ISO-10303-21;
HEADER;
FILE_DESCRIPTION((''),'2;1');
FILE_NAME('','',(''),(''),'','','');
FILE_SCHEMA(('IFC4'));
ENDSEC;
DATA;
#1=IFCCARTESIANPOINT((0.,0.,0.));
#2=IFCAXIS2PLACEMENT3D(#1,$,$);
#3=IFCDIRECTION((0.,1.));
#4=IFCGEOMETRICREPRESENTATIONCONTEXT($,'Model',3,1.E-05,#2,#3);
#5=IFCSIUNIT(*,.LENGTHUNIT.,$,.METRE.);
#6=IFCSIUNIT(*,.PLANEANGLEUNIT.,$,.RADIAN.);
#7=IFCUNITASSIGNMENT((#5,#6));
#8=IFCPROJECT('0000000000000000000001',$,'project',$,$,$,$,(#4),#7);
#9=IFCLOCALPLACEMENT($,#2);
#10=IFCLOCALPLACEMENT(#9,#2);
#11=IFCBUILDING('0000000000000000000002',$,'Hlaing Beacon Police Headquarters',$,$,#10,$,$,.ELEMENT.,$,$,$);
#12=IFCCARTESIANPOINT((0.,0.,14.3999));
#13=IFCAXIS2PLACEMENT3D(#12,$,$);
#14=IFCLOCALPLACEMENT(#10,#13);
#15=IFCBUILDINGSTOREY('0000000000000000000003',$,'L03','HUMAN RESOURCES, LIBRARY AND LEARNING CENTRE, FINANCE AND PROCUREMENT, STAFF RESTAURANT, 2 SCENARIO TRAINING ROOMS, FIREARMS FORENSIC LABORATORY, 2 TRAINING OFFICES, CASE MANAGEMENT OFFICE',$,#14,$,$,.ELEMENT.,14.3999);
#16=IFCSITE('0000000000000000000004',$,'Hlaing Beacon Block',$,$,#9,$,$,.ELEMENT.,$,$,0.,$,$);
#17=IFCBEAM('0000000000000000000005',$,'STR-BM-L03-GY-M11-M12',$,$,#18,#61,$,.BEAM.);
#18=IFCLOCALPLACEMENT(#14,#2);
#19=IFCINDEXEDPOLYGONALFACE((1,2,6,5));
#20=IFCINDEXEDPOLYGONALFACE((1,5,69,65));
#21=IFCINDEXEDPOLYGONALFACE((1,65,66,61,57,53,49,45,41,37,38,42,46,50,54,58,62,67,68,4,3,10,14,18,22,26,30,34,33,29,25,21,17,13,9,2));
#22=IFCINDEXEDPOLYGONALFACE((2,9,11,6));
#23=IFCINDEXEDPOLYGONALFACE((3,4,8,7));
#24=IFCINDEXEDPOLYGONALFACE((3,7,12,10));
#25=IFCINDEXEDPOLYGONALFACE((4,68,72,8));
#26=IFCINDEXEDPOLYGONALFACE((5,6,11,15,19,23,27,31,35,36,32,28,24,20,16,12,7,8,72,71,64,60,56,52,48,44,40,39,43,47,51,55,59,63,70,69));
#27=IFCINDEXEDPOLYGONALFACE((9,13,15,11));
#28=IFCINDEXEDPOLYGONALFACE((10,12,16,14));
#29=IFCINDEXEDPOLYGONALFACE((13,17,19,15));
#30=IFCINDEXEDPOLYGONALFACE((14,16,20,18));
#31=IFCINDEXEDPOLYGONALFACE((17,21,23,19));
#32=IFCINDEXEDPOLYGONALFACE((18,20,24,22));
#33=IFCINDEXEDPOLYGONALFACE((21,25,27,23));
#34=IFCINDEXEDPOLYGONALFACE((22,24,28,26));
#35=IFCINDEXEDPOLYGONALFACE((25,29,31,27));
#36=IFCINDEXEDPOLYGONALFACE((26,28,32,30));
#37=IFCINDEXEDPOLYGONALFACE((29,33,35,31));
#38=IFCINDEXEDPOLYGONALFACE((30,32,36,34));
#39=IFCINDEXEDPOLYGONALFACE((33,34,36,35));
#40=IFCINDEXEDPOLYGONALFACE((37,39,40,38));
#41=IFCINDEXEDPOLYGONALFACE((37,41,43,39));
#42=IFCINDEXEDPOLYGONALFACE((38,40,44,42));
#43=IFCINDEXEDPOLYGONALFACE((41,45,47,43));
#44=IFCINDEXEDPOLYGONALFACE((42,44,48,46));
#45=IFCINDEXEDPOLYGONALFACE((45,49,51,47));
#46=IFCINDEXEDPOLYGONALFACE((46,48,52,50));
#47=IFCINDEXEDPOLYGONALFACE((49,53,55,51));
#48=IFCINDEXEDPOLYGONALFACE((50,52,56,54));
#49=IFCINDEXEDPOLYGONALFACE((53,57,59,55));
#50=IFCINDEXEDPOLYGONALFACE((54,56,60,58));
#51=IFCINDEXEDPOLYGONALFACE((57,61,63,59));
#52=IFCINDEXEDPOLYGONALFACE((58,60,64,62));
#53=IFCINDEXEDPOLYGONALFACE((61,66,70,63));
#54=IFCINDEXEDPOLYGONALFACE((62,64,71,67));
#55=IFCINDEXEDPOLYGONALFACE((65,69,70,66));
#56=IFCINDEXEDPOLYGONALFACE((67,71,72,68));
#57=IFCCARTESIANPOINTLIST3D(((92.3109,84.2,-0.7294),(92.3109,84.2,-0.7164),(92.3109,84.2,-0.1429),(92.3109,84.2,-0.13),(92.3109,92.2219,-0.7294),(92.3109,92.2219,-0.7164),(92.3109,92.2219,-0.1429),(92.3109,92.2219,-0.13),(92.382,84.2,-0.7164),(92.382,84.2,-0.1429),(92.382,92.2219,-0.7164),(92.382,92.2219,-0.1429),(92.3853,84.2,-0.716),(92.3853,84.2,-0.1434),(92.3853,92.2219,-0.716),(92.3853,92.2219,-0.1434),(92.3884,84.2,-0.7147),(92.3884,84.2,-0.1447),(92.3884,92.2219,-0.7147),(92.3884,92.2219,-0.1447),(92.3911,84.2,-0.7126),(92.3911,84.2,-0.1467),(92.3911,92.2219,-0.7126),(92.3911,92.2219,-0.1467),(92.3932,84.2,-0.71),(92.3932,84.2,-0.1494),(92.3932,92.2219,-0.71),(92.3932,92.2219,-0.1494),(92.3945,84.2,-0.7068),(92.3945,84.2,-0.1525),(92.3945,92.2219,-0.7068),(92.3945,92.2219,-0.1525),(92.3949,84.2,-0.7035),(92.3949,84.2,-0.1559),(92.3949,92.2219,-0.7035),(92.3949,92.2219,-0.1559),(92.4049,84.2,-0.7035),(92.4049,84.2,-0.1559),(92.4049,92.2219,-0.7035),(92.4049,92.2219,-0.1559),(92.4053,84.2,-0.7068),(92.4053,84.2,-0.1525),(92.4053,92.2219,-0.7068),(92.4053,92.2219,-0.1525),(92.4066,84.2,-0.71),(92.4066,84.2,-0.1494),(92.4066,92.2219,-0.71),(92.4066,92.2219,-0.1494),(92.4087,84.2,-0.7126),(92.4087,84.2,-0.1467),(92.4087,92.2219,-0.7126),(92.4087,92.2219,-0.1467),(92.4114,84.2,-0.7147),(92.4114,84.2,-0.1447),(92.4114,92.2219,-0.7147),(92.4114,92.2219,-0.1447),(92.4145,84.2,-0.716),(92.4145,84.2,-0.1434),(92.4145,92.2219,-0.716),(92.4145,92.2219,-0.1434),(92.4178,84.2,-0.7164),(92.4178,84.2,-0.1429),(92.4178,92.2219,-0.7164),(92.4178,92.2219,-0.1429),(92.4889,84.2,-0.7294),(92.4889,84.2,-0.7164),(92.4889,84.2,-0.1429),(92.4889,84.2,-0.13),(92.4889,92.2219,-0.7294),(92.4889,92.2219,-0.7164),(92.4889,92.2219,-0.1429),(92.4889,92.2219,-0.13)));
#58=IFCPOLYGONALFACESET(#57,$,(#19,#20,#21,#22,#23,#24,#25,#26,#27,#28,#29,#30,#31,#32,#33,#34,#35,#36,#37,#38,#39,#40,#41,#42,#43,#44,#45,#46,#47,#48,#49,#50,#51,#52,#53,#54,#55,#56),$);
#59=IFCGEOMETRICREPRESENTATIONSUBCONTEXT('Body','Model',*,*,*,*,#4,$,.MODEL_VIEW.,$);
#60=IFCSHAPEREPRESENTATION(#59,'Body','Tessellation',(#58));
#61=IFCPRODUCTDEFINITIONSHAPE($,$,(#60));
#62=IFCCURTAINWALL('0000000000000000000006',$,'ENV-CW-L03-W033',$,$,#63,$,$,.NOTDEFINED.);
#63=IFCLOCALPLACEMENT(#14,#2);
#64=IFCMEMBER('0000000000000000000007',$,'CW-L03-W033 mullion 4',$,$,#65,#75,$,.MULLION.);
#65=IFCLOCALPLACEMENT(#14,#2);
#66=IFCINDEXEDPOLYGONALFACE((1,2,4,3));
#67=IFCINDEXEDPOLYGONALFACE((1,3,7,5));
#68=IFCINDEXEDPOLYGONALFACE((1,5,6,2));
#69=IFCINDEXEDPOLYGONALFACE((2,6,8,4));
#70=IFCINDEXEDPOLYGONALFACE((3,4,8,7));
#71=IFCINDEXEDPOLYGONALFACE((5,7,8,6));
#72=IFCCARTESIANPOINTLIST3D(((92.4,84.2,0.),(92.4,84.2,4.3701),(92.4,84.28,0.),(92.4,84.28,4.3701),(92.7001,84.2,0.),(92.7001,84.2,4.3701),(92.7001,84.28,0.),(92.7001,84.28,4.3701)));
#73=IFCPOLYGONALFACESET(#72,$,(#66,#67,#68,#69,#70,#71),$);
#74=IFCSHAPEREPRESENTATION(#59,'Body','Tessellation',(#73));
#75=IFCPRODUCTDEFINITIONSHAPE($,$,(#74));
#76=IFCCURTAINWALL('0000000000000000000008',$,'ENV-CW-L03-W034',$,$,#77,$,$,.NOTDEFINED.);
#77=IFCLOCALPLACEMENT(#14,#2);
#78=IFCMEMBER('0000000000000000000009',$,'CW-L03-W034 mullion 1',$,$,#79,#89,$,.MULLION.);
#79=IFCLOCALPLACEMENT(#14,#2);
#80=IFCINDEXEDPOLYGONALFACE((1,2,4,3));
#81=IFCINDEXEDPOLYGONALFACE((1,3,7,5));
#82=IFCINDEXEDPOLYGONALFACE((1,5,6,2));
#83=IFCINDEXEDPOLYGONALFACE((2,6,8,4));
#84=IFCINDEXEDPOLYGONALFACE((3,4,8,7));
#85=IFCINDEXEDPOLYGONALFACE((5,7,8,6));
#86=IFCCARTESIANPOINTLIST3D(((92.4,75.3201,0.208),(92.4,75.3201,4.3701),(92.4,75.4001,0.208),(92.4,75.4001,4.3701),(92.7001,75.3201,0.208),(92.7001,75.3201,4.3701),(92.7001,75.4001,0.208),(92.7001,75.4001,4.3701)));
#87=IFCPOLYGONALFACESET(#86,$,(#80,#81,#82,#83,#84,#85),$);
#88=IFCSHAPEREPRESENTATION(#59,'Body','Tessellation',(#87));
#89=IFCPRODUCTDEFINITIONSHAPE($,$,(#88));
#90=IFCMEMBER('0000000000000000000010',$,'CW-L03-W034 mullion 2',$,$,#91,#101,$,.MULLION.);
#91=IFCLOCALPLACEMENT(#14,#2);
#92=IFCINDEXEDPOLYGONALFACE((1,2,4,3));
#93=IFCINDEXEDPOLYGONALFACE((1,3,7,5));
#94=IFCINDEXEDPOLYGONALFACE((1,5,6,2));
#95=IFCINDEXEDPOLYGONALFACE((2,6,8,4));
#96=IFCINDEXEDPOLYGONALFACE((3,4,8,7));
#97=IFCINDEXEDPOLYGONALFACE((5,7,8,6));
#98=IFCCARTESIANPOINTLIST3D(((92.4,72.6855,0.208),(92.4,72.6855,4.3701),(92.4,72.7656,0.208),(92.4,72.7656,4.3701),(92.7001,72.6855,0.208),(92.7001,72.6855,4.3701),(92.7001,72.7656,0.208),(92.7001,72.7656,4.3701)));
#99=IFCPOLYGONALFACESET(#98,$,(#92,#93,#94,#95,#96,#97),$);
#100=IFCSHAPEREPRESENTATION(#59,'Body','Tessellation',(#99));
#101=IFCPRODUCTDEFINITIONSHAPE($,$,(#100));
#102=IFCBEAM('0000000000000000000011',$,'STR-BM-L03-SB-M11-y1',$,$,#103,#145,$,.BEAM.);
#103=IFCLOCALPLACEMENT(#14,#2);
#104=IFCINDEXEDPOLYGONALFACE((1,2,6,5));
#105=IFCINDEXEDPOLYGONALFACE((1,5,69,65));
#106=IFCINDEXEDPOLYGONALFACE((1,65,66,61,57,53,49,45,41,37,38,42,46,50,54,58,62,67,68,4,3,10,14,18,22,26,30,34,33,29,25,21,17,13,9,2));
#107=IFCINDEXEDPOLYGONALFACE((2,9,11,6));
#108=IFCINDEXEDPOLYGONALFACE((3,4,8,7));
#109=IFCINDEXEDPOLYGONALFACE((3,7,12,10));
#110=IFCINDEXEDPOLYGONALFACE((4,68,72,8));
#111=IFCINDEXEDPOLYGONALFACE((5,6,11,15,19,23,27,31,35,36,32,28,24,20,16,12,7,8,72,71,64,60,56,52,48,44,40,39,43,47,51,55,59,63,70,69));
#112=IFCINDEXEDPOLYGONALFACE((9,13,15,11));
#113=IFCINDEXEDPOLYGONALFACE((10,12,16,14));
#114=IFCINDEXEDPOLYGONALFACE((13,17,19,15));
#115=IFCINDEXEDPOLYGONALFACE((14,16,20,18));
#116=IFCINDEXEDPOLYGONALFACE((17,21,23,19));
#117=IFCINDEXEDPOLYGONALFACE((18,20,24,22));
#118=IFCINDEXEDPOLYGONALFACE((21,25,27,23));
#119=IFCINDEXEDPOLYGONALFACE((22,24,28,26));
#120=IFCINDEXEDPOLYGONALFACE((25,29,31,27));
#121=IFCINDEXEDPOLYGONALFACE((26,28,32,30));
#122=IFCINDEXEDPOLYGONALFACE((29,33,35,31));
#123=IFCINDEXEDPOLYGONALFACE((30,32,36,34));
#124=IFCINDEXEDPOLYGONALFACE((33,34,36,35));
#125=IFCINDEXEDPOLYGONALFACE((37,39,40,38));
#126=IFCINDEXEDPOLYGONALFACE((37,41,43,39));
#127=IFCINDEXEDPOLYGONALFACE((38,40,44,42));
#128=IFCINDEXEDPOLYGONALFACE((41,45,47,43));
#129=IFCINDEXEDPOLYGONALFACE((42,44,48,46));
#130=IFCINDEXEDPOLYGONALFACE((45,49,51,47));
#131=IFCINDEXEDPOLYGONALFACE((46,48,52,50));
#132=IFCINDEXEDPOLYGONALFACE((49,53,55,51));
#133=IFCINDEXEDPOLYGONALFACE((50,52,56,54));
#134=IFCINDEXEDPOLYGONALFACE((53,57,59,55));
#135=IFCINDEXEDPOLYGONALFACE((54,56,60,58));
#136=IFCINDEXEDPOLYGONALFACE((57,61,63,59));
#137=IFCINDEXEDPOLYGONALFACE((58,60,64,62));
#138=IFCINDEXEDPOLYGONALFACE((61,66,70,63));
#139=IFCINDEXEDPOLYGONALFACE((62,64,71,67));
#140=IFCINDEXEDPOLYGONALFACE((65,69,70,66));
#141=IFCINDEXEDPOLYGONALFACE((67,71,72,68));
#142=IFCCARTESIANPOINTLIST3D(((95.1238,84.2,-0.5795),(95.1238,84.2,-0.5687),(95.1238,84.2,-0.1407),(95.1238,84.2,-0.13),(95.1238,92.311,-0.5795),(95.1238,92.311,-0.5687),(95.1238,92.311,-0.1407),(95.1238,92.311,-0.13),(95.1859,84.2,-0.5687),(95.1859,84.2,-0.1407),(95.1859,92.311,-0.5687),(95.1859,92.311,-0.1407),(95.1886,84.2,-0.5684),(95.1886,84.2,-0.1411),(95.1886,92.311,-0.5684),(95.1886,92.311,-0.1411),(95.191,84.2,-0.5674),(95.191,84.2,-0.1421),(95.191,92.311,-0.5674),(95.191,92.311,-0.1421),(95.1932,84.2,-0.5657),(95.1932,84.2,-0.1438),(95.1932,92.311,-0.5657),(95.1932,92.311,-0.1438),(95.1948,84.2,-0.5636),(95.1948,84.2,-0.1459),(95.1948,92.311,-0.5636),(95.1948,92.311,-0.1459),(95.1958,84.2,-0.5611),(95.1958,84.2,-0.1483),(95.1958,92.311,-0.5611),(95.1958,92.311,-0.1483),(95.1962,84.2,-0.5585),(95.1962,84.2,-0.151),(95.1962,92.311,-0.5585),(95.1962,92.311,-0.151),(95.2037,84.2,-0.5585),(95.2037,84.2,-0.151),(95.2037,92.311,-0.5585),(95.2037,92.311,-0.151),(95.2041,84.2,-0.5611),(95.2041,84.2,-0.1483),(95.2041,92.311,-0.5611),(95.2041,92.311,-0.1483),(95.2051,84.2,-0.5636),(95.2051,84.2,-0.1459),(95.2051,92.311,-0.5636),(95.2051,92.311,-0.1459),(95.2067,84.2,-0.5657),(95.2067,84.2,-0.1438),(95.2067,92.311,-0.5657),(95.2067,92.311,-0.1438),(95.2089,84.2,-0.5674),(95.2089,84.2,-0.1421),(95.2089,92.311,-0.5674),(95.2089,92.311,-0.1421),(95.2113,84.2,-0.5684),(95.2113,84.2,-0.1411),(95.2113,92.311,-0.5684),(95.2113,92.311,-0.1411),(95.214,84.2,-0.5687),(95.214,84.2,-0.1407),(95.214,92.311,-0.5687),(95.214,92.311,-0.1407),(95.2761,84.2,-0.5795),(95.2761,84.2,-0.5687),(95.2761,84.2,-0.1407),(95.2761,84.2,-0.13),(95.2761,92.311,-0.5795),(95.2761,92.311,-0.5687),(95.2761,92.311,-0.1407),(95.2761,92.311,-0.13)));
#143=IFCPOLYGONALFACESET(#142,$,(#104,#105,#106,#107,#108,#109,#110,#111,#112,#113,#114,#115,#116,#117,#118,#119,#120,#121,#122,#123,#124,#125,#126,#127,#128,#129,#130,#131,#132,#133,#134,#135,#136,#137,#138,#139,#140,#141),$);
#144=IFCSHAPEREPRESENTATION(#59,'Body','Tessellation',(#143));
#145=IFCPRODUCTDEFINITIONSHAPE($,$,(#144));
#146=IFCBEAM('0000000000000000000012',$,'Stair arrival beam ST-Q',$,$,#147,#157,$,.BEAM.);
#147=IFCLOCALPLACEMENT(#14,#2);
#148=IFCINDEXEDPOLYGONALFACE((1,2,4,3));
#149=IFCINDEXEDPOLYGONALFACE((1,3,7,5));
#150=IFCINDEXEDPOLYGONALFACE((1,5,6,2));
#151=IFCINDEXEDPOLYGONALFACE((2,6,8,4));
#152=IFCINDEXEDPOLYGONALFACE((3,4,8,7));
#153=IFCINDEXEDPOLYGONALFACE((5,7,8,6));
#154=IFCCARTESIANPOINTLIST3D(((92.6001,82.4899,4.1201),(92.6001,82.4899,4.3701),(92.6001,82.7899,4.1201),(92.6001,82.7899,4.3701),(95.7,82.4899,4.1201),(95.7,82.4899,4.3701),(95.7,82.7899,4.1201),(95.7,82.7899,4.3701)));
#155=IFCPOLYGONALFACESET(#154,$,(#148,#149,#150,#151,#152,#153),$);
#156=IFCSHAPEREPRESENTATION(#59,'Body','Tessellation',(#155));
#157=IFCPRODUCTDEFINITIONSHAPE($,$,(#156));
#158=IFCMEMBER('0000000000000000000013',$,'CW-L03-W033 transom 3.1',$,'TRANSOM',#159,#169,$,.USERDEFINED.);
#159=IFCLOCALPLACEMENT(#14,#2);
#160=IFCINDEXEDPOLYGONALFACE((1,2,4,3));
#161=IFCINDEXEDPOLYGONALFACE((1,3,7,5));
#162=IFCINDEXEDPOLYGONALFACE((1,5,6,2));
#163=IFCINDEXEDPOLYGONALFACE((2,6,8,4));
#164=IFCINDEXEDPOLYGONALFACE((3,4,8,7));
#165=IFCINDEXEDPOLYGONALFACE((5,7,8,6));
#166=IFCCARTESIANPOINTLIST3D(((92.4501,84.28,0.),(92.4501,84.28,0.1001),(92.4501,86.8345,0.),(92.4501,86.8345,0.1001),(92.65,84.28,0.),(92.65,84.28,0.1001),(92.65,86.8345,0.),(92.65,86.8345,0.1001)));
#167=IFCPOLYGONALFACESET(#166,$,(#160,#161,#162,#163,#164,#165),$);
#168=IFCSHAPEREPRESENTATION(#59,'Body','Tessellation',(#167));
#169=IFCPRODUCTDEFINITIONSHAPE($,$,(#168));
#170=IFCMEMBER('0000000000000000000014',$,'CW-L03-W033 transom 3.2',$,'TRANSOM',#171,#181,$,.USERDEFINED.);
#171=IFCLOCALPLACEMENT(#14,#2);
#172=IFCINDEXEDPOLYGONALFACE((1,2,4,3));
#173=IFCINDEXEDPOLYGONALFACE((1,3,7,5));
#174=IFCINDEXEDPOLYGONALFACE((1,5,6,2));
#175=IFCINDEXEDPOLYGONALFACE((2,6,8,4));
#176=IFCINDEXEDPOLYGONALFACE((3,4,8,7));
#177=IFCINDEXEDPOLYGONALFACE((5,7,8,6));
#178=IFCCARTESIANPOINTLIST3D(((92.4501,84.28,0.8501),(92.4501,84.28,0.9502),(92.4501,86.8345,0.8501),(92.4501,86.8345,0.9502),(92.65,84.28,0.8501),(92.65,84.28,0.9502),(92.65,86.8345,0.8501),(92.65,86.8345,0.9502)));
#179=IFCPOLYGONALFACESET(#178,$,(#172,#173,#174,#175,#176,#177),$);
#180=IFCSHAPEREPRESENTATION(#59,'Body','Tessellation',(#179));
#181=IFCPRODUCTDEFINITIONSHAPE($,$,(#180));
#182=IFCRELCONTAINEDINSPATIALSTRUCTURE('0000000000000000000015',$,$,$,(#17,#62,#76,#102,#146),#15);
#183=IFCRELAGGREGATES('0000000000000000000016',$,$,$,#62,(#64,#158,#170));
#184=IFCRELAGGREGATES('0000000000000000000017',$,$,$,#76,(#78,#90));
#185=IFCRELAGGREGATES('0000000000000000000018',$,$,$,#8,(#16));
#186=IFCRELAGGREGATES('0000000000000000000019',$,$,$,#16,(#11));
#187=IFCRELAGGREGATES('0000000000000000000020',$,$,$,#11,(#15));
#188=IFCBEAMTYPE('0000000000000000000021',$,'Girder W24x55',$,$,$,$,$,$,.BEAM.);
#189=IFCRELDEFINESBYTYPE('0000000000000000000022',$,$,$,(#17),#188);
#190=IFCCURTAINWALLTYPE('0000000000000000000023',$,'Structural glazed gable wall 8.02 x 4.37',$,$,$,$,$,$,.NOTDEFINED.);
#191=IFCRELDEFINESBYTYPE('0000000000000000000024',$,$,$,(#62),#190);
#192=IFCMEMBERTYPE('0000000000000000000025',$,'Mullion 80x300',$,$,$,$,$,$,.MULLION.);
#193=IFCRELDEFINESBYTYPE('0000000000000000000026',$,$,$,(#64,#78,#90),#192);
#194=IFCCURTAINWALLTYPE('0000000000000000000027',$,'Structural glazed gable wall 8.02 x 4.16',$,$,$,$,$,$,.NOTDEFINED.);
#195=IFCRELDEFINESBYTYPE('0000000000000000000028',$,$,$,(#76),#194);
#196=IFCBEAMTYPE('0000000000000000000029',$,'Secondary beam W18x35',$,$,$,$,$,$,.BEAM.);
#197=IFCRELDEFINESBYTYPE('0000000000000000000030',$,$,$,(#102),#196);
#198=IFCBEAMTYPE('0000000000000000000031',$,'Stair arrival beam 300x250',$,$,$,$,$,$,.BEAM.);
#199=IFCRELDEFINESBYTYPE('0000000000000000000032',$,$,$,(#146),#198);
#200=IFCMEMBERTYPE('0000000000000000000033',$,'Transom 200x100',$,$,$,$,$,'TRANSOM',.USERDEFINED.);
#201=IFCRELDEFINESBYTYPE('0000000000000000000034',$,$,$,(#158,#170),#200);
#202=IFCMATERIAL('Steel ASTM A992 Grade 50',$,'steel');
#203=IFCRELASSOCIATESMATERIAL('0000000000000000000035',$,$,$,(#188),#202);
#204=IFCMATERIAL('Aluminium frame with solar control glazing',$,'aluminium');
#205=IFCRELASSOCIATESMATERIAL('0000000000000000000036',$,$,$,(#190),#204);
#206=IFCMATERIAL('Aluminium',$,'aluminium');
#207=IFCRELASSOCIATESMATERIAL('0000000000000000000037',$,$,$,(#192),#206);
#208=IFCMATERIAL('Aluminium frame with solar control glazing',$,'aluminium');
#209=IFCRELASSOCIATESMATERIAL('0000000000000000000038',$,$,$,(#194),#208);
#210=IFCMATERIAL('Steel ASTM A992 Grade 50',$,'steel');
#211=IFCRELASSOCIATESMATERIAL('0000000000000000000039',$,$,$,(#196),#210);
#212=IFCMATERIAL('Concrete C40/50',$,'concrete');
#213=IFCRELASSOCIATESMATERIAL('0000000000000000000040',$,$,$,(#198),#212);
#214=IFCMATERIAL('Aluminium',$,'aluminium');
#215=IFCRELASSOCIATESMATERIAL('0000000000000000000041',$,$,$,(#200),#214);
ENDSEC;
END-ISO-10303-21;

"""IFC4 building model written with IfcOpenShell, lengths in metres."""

from ifc_helpers import new_model, si_unit, direction, frame, origin, origin_2d, place, context, subcontext, project, spatial, rectangle, i_section, extrude, material, material_profile, profile_set, type_object, element, aggregate, save


model = new_model("IFC4")

# Units and contexts
model_context = context("Model", 3, precision=1e-05, world=origin(), true_north=direction((0.0, 1.0)))
body_context = subcontext(model_context, "Body", "Model", "MODEL_VIEW")
ifc_project = project(units=[si_unit("LENGTHUNIT", "METRE"), si_unit("PLANEANGLEUNIT", "RADIAN")], contexts=[model_context])

# Site, building, storey
site_placement = place(None, origin())
site = spatial("IfcSite", under=ifc_project, at=site_placement, Name="Hlaing Beacon Block", CompositionType="ELEMENT", RefElevation=0.0)
building_placement = place(site_placement, origin())
building = spatial("IfcBuilding", under=site, at=building_placement, Name="Hlaing Beacon Police Headquarters", CompositionType="ELEMENT")
storey_placement = place(building_placement, frame((0.0, 0.0, 14.3999)))
storey = spatial("IfcBuildingStorey", under=building, at=storey_placement, Name="L03", Description="HUMAN RESOURCES, LIBRARY AND LEARNING CENTRE, FINANCE AND PROCUREMENT, STAFF RESTAURANT, 2 SCENARIO TRAINING ROOMS, FIREARMS FORENSIC LABORATORY, 2 TRAINING OFFICES, CASE MANAGEMENT OFFICE", CompositionType="ELEMENT", Elevation=14.3999)

# Beam
ifc_material_1 = material(Name="Steel ASTM A992 Grade 50", Category="steel")
ifc_material_profile_1 = material_profile(ifc_material_1, i_section(OverallWidth=0.178, OverallDepth=0.5994, WebThickness=0.01, FlangeThickness=0.0129, FilletRadius=0.0129, at=origin_2d()), Name="W24x55")
ifc_profile_set_1 = profile_set([ifc_material_profile_1], Name="Steel ASTM A992 Grade 50")
beam_type_1 = type_object("IfcBeamType", Name="Girder W24x55", PredefinedType="BEAM", material=ifc_profile_set_1)
beam_1_placement = place(storey_placement, frame((92.3999, 84.2, -0.4297), z_axis=(0.0, 1.0, 0.0), x_axis=(-1.0, 0.0, 0.0)))
element("IfcBeam", 1, at=beam_1_placement, inside=storey, type_object=beam_type_1, Name="STR-BM-L03-GY-M11-M12", PredefinedType="BEAM", context=body_context, shape_type="SweptSolid", body=[
    extrude(i_section(OverallWidth=0.178, OverallDepth=0.5994, WebThickness=0.01, FlangeThickness=0.0129, FilletRadius=0.0129, at=origin_2d()), origin(), (0.0, 0.0, 1.0), 8.022),
])

# Curtain wall, member
ifc_material_2 = material(Name="Aluminium frame with solar control glazing", Category="aluminium")
curtain_wall_type_1 = type_object("IfcCurtainWallType", Name="Structural glazed gable wall 8.02 x 4.37", PredefinedType="NOTDEFINED", material=ifc_material_2)
curtain_wall_1_placement = place(storey_placement, origin())
curtain_wall_1 = element("IfcCurtainWall", 2, at=curtain_wall_1_placement, inside=storey, type_object=curtain_wall_type_1, Name="ENV-CW-L03-W033", PredefinedType="NOTDEFINED")
ifc_material_3 = material(Name="Aluminium", Category="aluminium")
ifc_material_profile_2 = material_profile(ifc_material_3, rectangle(XDim=0.3, YDim=0.0801, at=origin_2d()), Name="Mullion 80x300")
ifc_profile_set_2 = profile_set([ifc_material_profile_2], Name="Aluminium")
member_type_1 = type_object("IfcMemberType", Name="Mullion 80x300", PredefinedType="MULLION", material=ifc_profile_set_2)
member_1_placement = place(storey_placement, frame((92.55, 84.24, 0.0), z_axis=(0.0, 0.0, 1.0), x_axis=(1.0, 0.0, 0.0)))
member_1 = element("IfcMember", 3, at=member_1_placement, type_object=member_type_1, Name="CW-L03-W033 mullion 4", PredefinedType="MULLION", context=body_context, shape_type="SweptSolid", body=[
    extrude(rectangle(XDim=0.3, YDim=0.0801, at=origin_2d()), origin(), (0.0, 0.0, 1.0), 4.3701),
])

# Curtain wall, members
ifc_material_4 = material(Name="Aluminium frame with solar control glazing", Category="aluminium")
curtain_wall_type_2 = type_object("IfcCurtainWallType", Name="Structural glazed gable wall 8.02 x 4.16", PredefinedType="NOTDEFINED", material=ifc_material_4)
curtain_wall_2_placement = place(storey_placement, origin())
curtain_wall_2 = element("IfcCurtainWall", 4, at=curtain_wall_2_placement, inside=storey, type_object=curtain_wall_type_2, Name="ENV-CW-L03-W034", PredefinedType="NOTDEFINED")
member_2_placement = place(storey_placement, frame((92.55, 75.3601, 0.208), z_axis=(0.0, 0.0, 1.0), x_axis=(1.0, 0.0, 0.0)))
member_2 = element("IfcMember", 5, at=member_2_placement, type_object=member_type_1, Name="CW-L03-W034 mullion 1", PredefinedType="MULLION", context=body_context, shape_type="SweptSolid", body=[
    extrude(rectangle(XDim=0.3, YDim=0.0801, at=origin_2d()), origin(), (0.0, 0.0, 1.0), 4.1621),
])
member_3_placement = place(storey_placement, frame((92.55, 72.7256, 0.208), z_axis=(0.0, 0.0, 1.0), x_axis=(1.0, 0.0, 0.0)))
member_3 = element("IfcMember", 6, at=member_3_placement, type_object=member_type_1, Name="CW-L03-W034 mullion 2", PredefinedType="MULLION", context=body_context, shape_type="SweptSolid", body=[
    extrude(rectangle(XDim=0.3, YDim=0.0801, at=origin_2d()), origin(), (0.0, 0.0, 1.0), 4.1621),
])

# Beams
ifc_material_5 = material(Name="Steel ASTM A992 Grade 50", Category="steel")
ifc_material_profile_3 = material_profile(ifc_material_5, i_section(OverallWidth=0.1523, OverallDepth=0.4495, WebThickness=0.0076, FlangeThickness=0.0107, FilletRadius=0.0103, at=origin_2d()), Name="W18x35")
ifc_profile_set_3 = profile_set([ifc_material_profile_3], Name="Steel ASTM A992 Grade 50")
beam_type_2 = type_object("IfcBeamType", Name="Secondary beam W18x35", PredefinedType="BEAM", material=ifc_profile_set_3)
beam_2_placement = place(storey_placement, frame((95.2, 84.2, -0.3547), z_axis=(0.0, 1.0, 0.0), x_axis=(-1.0, 0.0, 0.0)))
element("IfcBeam", 7, at=beam_2_placement, inside=storey, type_object=beam_type_2, Name="STR-BM-L03-SB-M11-y1", PredefinedType="BEAM", context=body_context, shape_type="SweptSolid", body=[
    extrude(i_section(OverallWidth=0.1523, OverallDepth=0.4495, WebThickness=0.0076, FlangeThickness=0.0107, FilletRadius=0.0103, at=origin_2d()), origin(), (0.0, 0.0, 1.0), 8.1111),
])
ifc_material_6 = material(Name="Concrete C40/50", Category="concrete")
ifc_material_profile_4 = material_profile(ifc_material_6, rectangle(XDim=0.3, YDim=0.25, at=origin_2d()), Name="Stair arrival beam 300x250")
ifc_profile_set_4 = profile_set([ifc_material_profile_4], Name="Concrete C40/50")
beam_type_3 = type_object("IfcBeamType", Name="Stair arrival beam 300x250", PredefinedType="BEAM", material=ifc_profile_set_4)
beam_3_placement = place(storey_placement, frame((92.6001, 82.6399, 4.2451), z_axis=(1.0, 0.0, 0.0), x_axis=(0.0, 1.0, 0.0)))
element("IfcBeam", 8, at=beam_3_placement, inside=storey, type_object=beam_type_3, Name="Stair arrival beam ST-Q", PredefinedType="BEAM", context=body_context, shape_type="SweptSolid", body=[
    extrude(rectangle(XDim=0.3, YDim=0.25, at=origin_2d()), origin(), (0.0, 0.0, 1.0), 3.0999),
])

# Members
ifc_material_7 = material(Name="Aluminium", Category="aluminium")
ifc_material_profile_5 = material_profile(ifc_material_7, rectangle(XDim=0.2, YDim=0.1001, at=origin_2d()), Name="Transom 200x100")
ifc_profile_set_5 = profile_set([ifc_material_profile_5], Name="Aluminium")
member_type_2 = type_object("IfcMemberType", Name="Transom 200x100", ElementType="TRANSOM", PredefinedType="USERDEFINED", material=ifc_profile_set_5)
member_4_placement = place(storey_placement, frame((92.55, 86.8345, 0.05), z_axis=(0.0, -1.0, 0.0), x_axis=(1.0, 0.0, 0.0)))
member_4 = element("IfcMember", 9, at=member_4_placement, type_object=member_type_2, Name="CW-L03-W033 transom 3.1", ObjectType="TRANSOM", PredefinedType="USERDEFINED", context=body_context, shape_type="SweptSolid", body=[
    extrude(rectangle(XDim=0.2, YDim=0.1001, at=origin_2d()), origin(), (0.0, 0.0, 1.0), 2.5544),
])
member_5_placement = place(storey_placement, frame((92.55, 86.8345, 0.9001), z_axis=(0.0, -1.0, 0.0), x_axis=(1.0, 0.0, 0.0)))
member_5 = element("IfcMember", 10, at=member_5_placement, type_object=member_type_2, Name="CW-L03-W033 transom 3.2", ObjectType="TRANSOM", PredefinedType="USERDEFINED", context=body_context, shape_type="SweptSolid", body=[
    extrude(rectangle(XDim=0.2, YDim=0.1001, at=origin_2d()), origin(), (0.0, 0.0, 1.0), 2.5544),
])

aggregate(curtain_wall_1, [member_1, member_4, member_5])
aggregate(curtain_wall_2, [member_2, member_3])

save(model, "model.ifc")
